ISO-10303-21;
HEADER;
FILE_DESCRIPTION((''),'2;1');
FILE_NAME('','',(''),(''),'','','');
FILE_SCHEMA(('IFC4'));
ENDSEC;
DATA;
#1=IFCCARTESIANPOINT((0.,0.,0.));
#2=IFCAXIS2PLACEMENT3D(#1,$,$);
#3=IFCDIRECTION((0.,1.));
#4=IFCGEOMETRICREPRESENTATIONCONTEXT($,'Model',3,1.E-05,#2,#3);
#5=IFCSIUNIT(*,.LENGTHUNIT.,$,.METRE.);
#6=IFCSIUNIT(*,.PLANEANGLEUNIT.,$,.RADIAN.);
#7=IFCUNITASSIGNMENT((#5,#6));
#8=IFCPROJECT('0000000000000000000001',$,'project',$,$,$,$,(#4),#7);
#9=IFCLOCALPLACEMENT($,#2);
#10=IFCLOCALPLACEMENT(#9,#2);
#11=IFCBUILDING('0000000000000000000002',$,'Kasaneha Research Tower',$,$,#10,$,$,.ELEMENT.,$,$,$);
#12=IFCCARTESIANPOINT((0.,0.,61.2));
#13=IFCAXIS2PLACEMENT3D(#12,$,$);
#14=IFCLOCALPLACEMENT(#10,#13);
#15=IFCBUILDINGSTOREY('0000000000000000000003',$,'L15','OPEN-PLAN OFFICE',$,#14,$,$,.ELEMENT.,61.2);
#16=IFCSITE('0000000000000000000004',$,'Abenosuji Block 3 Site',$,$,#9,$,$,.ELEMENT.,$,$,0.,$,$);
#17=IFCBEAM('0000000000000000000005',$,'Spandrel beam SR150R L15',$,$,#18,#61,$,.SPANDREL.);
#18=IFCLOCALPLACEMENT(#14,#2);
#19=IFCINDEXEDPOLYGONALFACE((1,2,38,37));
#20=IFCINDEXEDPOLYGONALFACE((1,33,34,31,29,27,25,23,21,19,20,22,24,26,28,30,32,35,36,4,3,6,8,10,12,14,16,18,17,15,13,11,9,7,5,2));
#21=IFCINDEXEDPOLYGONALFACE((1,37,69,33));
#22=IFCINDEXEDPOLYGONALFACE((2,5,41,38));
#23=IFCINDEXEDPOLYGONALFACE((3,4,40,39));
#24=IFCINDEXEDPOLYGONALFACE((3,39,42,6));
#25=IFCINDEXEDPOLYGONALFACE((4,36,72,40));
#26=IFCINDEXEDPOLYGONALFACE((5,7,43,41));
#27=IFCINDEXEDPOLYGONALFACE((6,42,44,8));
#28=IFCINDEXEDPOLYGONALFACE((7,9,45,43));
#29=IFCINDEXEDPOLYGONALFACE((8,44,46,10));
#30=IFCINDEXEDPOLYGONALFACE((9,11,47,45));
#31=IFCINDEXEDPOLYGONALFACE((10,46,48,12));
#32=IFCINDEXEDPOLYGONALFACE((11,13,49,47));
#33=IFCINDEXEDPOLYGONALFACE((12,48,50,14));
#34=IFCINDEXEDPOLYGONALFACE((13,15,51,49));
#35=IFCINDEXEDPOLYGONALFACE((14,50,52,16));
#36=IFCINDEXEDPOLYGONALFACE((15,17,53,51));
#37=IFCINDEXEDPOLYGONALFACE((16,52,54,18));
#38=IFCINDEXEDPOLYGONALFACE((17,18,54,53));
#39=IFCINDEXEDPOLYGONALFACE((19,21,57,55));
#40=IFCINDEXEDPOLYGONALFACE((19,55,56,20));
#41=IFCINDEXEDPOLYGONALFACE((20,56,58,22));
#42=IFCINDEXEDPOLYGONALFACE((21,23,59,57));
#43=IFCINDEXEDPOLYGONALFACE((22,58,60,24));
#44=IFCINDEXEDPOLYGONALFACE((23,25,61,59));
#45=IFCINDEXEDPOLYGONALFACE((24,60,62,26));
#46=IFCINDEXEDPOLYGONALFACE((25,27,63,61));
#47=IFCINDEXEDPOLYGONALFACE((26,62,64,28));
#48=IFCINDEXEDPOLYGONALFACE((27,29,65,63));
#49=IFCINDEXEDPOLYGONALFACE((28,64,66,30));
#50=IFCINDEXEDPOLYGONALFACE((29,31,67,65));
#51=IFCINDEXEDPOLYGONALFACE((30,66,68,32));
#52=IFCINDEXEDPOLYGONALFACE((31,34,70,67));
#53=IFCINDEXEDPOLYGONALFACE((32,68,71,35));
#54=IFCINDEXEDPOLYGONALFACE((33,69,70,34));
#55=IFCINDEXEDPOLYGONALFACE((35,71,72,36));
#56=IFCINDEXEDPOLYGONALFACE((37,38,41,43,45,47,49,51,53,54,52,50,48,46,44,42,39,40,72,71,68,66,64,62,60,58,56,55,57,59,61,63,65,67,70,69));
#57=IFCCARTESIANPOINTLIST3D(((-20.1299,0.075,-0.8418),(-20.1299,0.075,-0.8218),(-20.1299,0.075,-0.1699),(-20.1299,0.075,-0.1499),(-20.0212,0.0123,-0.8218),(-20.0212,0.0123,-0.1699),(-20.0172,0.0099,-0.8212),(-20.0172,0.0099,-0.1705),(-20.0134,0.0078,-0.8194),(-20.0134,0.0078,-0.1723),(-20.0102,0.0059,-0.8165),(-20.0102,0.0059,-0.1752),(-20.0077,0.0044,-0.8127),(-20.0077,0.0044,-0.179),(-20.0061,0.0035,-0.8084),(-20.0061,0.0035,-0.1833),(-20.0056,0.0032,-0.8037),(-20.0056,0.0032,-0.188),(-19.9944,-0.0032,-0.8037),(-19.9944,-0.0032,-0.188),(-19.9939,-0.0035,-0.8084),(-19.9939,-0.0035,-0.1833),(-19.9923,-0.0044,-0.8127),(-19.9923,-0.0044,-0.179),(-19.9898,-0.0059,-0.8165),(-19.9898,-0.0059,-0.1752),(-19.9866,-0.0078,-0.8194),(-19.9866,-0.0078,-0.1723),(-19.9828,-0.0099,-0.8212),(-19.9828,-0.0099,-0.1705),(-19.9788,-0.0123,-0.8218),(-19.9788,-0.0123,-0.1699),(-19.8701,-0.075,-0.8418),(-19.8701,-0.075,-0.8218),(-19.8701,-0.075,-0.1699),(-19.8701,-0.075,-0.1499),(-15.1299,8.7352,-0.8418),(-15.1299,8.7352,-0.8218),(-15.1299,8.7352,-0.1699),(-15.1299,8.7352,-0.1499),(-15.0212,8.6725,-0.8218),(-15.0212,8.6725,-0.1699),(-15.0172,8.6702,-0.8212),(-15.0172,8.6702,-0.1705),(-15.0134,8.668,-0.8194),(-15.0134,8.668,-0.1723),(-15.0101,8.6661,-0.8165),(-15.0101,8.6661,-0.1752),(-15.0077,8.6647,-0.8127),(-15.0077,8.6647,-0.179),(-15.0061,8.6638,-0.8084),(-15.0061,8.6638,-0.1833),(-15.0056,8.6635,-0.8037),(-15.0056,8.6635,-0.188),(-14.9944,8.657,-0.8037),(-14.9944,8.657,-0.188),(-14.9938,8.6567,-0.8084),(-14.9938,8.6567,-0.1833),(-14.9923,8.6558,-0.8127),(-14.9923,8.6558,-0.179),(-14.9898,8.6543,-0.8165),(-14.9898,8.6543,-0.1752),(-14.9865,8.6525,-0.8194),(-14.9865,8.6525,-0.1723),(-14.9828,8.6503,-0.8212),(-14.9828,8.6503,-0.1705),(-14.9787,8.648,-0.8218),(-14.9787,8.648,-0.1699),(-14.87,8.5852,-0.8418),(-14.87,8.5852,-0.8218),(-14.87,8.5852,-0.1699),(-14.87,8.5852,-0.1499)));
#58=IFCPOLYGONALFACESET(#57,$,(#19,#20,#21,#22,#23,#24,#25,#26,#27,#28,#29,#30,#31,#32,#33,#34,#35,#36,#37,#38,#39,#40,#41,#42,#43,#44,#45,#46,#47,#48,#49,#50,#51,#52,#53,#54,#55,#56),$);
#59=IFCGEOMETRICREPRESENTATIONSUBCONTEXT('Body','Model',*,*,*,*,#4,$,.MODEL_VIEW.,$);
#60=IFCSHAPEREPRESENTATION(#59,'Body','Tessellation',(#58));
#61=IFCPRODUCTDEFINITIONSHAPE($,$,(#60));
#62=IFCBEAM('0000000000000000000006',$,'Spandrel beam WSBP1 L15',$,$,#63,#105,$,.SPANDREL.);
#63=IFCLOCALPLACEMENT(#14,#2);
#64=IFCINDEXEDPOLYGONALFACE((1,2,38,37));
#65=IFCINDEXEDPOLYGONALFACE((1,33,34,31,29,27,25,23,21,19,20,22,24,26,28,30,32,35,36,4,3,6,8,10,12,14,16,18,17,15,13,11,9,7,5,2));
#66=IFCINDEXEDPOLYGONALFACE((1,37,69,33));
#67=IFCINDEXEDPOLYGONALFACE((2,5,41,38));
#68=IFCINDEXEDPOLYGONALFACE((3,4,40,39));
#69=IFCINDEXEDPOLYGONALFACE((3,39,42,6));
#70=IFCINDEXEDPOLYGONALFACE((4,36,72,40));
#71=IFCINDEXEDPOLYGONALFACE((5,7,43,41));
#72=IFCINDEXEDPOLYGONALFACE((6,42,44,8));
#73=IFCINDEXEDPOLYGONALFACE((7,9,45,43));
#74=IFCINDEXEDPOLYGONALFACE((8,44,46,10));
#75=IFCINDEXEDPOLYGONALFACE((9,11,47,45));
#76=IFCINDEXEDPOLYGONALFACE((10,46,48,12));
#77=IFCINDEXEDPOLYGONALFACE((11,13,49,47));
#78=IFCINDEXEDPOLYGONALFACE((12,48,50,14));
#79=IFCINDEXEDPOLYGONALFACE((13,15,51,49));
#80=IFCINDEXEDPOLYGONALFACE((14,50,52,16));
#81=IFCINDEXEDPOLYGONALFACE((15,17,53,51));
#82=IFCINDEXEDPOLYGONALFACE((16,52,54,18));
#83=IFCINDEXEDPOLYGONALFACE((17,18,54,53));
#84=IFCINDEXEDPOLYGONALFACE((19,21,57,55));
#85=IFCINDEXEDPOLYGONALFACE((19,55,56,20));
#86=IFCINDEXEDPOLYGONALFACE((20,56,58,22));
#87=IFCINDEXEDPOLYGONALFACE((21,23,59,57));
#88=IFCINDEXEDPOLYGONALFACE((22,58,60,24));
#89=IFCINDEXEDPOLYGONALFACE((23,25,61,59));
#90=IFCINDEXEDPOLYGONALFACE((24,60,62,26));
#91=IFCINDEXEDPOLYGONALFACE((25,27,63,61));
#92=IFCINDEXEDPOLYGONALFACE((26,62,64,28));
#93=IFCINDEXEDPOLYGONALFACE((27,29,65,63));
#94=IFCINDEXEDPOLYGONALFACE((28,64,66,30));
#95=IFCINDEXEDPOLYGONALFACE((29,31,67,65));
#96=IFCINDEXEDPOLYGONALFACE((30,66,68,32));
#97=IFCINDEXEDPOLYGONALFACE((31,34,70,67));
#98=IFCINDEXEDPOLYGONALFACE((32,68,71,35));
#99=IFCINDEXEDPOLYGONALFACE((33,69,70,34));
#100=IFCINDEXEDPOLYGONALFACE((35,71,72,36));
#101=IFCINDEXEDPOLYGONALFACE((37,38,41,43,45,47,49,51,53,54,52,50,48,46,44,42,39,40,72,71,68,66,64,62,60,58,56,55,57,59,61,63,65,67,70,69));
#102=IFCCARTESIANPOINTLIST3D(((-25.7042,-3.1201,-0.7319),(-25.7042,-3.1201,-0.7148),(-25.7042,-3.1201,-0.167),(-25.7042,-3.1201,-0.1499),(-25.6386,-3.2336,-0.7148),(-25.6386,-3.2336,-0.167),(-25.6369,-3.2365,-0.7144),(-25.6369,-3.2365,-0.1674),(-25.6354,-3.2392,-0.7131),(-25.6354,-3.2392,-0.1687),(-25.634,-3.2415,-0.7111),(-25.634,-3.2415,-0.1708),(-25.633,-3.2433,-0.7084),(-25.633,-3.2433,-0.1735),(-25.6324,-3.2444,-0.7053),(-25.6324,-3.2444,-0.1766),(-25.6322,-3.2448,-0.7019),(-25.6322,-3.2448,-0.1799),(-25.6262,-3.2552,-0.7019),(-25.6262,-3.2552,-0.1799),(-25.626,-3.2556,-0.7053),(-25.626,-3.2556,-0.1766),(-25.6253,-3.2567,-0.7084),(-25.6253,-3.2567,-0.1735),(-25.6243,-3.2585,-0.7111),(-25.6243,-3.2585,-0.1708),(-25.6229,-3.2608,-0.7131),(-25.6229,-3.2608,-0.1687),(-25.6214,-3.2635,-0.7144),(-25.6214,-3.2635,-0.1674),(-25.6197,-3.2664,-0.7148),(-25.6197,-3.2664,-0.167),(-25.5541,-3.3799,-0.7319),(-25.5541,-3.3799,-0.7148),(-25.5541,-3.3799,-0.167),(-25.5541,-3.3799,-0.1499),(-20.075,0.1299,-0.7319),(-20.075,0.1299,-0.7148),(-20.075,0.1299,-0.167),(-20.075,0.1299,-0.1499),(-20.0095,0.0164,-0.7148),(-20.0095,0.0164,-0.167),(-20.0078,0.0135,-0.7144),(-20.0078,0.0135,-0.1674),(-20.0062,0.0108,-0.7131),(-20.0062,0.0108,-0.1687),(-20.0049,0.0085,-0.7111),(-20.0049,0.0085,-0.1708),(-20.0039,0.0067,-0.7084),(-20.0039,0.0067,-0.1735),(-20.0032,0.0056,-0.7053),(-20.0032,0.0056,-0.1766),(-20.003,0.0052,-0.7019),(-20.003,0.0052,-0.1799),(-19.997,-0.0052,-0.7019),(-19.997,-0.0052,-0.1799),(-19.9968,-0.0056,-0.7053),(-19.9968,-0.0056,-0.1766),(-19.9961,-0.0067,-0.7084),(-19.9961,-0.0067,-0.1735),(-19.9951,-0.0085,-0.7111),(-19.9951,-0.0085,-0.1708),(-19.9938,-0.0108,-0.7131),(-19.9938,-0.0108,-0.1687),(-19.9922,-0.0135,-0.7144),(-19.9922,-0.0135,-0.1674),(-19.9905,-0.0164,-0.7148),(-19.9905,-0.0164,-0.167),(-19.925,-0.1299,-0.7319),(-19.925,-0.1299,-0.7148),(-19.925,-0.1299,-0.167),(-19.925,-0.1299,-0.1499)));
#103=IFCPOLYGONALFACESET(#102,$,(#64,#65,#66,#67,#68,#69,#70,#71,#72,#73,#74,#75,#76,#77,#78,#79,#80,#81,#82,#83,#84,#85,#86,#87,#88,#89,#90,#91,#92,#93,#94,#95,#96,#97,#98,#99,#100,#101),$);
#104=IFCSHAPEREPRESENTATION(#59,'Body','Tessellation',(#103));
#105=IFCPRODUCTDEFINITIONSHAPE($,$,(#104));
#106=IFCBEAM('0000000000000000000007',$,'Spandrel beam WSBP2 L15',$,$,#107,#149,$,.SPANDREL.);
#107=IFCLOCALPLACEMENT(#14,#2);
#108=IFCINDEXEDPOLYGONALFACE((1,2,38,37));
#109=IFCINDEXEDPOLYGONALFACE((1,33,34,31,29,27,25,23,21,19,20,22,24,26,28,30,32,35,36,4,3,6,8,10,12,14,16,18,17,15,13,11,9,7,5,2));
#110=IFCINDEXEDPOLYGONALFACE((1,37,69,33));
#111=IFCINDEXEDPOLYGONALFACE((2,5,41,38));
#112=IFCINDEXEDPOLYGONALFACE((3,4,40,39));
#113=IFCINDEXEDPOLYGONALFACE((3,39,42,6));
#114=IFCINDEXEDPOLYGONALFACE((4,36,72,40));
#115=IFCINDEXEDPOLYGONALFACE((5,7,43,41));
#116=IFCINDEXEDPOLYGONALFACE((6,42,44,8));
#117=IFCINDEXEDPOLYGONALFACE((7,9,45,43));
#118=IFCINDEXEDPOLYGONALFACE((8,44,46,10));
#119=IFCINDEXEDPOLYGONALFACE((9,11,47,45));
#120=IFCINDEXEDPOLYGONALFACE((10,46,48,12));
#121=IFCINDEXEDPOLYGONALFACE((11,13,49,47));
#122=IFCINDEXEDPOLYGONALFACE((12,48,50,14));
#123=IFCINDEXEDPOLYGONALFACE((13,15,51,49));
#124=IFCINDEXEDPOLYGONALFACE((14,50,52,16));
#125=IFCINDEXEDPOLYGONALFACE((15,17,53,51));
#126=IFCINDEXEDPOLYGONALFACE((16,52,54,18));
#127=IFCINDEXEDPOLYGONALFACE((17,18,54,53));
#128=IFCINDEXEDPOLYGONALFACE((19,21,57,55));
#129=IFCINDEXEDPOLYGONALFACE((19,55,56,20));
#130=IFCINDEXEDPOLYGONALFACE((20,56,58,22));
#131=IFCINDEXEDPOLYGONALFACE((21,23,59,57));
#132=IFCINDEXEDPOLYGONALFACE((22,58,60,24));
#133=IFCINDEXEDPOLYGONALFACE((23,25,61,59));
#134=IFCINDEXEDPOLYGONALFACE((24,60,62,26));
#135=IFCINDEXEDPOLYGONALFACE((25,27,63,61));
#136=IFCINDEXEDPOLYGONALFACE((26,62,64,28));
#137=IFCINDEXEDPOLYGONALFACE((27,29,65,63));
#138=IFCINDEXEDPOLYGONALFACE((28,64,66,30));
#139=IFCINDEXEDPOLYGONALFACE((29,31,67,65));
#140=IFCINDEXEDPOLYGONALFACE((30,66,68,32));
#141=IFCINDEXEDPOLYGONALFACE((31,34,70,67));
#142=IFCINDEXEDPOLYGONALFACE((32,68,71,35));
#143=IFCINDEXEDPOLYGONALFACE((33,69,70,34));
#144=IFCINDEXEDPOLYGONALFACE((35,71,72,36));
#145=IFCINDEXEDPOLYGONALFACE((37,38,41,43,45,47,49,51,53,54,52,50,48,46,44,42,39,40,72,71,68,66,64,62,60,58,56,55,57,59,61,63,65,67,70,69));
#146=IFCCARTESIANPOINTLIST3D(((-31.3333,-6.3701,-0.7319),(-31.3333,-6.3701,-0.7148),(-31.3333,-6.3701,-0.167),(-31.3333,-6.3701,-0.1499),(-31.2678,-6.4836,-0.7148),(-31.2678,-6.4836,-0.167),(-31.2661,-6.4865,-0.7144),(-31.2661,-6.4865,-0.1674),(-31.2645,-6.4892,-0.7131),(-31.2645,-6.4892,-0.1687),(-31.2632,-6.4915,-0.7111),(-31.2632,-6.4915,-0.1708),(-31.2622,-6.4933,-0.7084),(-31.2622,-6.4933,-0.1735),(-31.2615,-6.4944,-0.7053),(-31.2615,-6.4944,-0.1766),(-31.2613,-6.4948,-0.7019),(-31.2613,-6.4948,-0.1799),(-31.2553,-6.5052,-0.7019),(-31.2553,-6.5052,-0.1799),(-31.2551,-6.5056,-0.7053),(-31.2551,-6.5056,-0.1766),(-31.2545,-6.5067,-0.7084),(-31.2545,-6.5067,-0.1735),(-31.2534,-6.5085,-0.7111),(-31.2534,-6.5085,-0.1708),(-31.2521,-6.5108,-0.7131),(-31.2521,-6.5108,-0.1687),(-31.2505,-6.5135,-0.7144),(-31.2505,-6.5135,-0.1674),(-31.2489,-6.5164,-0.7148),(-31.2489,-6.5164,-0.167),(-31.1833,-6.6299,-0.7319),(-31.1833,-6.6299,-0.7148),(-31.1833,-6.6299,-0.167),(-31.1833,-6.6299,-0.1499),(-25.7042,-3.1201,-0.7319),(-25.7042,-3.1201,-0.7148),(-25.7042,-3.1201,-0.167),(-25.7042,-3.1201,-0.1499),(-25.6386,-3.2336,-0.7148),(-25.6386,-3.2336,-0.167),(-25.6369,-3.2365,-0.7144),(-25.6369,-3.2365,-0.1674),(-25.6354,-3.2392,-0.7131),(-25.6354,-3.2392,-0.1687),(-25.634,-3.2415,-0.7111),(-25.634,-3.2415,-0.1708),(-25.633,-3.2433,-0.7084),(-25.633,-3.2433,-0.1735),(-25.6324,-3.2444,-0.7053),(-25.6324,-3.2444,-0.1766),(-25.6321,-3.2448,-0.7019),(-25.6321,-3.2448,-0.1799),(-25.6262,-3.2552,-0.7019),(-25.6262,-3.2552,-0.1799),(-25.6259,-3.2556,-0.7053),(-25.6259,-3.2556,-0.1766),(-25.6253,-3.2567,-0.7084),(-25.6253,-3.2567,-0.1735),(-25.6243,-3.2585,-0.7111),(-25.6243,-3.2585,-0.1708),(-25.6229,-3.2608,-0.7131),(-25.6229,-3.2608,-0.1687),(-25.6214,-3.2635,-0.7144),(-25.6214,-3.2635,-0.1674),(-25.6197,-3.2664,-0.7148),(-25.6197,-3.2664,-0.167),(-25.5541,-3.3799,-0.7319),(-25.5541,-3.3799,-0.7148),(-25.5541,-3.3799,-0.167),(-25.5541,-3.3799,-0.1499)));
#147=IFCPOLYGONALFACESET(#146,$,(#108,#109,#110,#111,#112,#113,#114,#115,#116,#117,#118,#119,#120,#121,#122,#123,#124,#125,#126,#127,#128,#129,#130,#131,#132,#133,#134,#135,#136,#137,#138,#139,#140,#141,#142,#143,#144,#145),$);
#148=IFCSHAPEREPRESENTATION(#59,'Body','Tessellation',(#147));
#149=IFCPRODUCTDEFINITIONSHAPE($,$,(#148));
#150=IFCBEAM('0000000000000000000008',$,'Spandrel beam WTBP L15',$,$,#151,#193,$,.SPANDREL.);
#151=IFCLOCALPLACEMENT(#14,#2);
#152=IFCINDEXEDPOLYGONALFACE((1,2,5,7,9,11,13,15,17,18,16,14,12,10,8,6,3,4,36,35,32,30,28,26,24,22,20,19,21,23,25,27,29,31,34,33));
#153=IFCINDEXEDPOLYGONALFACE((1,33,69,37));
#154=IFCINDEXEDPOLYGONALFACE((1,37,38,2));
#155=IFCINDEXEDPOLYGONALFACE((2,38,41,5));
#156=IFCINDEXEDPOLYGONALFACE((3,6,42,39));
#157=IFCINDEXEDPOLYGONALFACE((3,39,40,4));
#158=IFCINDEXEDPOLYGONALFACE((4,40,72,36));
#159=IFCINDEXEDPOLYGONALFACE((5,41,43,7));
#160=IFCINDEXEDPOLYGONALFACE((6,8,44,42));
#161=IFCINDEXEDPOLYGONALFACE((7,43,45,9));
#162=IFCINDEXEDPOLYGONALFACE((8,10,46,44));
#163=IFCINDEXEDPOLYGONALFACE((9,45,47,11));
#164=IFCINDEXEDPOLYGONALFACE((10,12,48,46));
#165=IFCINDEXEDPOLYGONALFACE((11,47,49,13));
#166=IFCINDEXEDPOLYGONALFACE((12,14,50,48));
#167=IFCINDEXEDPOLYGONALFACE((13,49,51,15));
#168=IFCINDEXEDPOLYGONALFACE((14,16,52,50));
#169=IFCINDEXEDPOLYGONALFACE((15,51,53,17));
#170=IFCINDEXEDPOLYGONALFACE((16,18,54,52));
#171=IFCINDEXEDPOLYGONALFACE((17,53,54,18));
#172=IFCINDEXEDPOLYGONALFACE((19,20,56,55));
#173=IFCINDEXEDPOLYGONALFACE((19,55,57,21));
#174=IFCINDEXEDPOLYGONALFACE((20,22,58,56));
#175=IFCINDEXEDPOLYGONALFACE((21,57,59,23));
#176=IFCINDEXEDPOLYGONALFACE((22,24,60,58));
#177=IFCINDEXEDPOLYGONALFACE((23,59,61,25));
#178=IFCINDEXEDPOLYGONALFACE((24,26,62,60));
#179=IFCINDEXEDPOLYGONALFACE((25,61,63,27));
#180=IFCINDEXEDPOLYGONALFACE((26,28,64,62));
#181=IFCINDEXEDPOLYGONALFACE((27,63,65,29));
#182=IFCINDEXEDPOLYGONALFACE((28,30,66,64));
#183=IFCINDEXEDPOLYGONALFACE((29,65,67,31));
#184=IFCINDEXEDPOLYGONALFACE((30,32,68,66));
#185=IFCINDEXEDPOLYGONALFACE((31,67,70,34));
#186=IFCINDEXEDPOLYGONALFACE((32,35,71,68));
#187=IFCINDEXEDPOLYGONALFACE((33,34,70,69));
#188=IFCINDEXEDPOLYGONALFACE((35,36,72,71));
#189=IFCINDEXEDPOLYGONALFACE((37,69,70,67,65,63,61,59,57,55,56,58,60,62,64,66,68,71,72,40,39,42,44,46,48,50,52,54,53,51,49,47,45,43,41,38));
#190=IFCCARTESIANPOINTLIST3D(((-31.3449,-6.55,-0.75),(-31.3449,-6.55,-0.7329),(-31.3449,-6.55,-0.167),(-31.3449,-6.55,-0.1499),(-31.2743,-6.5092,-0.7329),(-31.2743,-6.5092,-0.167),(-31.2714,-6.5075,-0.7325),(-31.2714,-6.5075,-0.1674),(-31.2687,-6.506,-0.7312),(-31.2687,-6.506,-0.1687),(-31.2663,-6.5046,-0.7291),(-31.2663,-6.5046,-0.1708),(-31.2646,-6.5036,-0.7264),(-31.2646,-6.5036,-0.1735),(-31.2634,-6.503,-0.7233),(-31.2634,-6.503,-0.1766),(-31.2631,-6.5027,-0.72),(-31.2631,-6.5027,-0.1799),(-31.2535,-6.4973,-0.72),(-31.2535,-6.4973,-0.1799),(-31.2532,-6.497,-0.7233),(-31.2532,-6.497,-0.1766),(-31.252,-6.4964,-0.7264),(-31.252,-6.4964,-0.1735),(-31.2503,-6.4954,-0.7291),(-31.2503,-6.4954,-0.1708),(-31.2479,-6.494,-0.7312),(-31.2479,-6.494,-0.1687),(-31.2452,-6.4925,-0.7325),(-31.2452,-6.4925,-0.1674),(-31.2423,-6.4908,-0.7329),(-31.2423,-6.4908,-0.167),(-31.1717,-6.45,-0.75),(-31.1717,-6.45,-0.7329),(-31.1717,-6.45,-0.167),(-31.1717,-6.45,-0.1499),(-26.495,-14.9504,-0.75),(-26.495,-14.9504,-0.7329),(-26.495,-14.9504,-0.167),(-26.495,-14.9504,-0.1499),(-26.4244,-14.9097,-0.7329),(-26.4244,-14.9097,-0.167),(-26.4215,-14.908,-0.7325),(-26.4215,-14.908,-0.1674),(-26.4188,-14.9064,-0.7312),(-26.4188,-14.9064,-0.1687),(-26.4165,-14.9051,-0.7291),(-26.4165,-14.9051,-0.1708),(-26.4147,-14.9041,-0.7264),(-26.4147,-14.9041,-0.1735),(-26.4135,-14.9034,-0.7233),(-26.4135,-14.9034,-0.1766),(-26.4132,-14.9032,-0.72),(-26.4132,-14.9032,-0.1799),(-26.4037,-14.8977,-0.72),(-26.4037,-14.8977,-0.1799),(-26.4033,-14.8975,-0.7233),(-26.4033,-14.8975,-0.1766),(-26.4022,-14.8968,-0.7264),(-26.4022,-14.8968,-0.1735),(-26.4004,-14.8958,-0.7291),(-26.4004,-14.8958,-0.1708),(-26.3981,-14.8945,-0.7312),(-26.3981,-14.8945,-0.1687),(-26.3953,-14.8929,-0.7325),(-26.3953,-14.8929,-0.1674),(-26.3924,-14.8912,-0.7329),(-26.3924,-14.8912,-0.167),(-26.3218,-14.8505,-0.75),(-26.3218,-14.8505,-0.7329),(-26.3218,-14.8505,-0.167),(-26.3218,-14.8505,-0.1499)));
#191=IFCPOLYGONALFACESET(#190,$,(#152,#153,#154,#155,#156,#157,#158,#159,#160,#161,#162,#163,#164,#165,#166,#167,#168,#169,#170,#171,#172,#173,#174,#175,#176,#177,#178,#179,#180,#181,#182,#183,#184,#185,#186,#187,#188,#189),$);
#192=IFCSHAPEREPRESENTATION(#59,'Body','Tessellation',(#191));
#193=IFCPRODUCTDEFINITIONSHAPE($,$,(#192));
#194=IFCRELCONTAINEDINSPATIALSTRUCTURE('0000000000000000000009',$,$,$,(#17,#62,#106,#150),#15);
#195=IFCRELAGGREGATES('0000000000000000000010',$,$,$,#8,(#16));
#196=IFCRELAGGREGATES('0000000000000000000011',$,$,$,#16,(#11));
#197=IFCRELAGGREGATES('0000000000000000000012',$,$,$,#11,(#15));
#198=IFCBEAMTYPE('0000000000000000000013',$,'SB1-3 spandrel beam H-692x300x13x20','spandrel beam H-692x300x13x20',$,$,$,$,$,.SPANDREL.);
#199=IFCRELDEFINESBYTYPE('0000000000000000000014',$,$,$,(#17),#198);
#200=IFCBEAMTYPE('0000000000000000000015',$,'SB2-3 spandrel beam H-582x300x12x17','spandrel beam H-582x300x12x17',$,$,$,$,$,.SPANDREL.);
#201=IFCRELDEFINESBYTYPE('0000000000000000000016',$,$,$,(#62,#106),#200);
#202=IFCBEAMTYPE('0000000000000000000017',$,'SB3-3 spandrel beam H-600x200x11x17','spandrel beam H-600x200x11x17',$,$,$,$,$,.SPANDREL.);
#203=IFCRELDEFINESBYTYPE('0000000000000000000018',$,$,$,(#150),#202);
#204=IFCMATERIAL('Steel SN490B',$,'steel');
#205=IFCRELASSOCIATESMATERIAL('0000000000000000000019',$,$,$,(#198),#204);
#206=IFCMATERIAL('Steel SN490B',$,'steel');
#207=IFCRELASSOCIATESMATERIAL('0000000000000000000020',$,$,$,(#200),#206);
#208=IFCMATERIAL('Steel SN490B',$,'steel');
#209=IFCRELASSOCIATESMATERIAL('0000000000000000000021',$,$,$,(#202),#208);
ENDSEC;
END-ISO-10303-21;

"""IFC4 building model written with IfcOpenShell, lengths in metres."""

from ifc_helpers import new_model, si_unit, direction, frame, origin, origin_2d, place, context, subcontext, project, spatial, i_section, extrude, material, material_profile, profile_set, type_object, element, save


model = new_model("IFC4")

# Units and contexts
model_context = context("Model", 3, precision=1e-05, world=origin(), true_north=direction((0.0, 1.0)))
body_context = subcontext(model_context, "Body", "Model", "MODEL_VIEW")
ifc_project = project(units=[si_unit("LENGTHUNIT", "METRE"), si_unit("PLANEANGLEUNIT", "RADIAN")], contexts=[model_context])

# Site, building, storey
site_placement = place(None, origin())
site = spatial("IfcSite", under=ifc_project, at=site_placement, Name="Abenosuji Block 3 Site", CompositionType="ELEMENT", RefElevation=0.0)
building_placement = place(site_placement, origin())
building = spatial("IfcBuilding", under=site, at=building_placement, Name="Kasaneha Research Tower", CompositionType="ELEMENT")
storey_placement = place(building_placement, frame((0.0, 0.0, 61.2)))
storey = spatial("IfcBuildingStorey", under=building, at=storey_placement, Name="L15", Description="OPEN-PLAN OFFICE", CompositionType="ELEMENT", Elevation=61.2)

# Beams
ifc_material_1 = material(Name="Steel SN490B", Category="steel")
ifc_material_profile_1 = material_profile(ifc_material_1, i_section(OverallWidth=0.3, OverallDepth=0.6919, WebThickness=0.0129, FlangeThickness=0.02, FilletRadius=0.0181, at=origin_2d()), Name="H-692x300x13x20")
ifc_profile_set_1 = profile_set([ifc_material_profile_1], Name="Steel SN490B")
beam_type_1 = type_object("IfcBeamType", Name="SB1-3 spandrel beam H-692x300x13x20", Description="spandrel beam H-692x300x13x20", PredefinedType="SPANDREL", material=ifc_profile_set_1)
beam_1_placement = place(storey_placement, frame((-20.0, 0.0, -0.4958), z_axis=(0.500004, 0.866023, 0.0), x_axis=(-0.866023, 0.500004, 0.0)))
element("IfcBeam", 1, at=beam_1_placement, inside=storey, type_object=beam_type_1, Name="Spandrel beam SR150R L15", PredefinedType="SPANDREL", context=body_context, shape_type="SweptSolid", body=[
    extrude(i_section(OverallWidth=0.3, OverallDepth=0.6919, WebThickness=0.0129, FlangeThickness=0.02, FilletRadius=0.0181, at=origin_2d()), origin(), (0.0, 0.0, 1.0), 10.0),
])
ifc_material_2 = material(Name="Steel SN490B", Category="steel")
ifc_material_profile_2 = material_profile(ifc_material_2, i_section(OverallWidth=0.3, OverallDepth=0.582, WebThickness=0.012, FlangeThickness=0.0171, FilletRadius=0.0129, at=origin_2d()), Name="H-582x300x12x17")
ifc_profile_set_2 = profile_set([ifc_material_profile_2], Name="Steel SN490B")
beam_type_2 = type_object("IfcBeamType", Name="SB2-3 spandrel beam H-582x300x12x17", Description="spandrel beam H-582x300x12x17", PredefinedType="SPANDREL", material=ifc_profile_set_2)
for number, where, z_axis, x_axis, name in (
    (2, (-20.0, 0.0, -0.4409), (-0.866025, -0.500001, 0.0), (0.500001, -0.866025, 0.0), "Spandrel beam WSBP1 L15"),
    (3, (-25.6292, -3.25, -0.4409), (-0.866025, -0.500001, 0.0), (0.500001, -0.866025, 0.0), "Spandrel beam WSBP2 L15"),
):
    element("IfcBeam", number, at=place(storey_placement, frame(where, z_axis=z_axis, x_axis=x_axis)), inside=storey, type_object=beam_type_2, Name=name, PredefinedType="SPANDREL", context=body_context, shape_type="SweptSolid", body=[
        extrude(i_section(OverallWidth=0.3, OverallDepth=0.582, WebThickness=0.012, FlangeThickness=0.0171, FilletRadius=0.0129, at=origin_2d()), origin(), (0.0, 0.0, 1.0), 6.5),
    ])
ifc_material_3 = material(Name="Steel SN490B", Category="steel")
ifc_material_profile_3 = material_profile(ifc_material_3, i_section(OverallWidth=0.2, OverallDepth=0.6001, WebThickness=0.011, FlangeThickness=0.0171, FilletRadius=0.0129, at=origin_2d()), Name="H-600x200x11x17")
ifc_profile_set_3 = profile_set([ifc_material_profile_3], Name="Steel SN490B")
beam_type_3 = type_object("IfcBeamType", Name="SB3-3 spandrel beam H-600x200x11x17", Description="spandrel beam H-600x200x11x17", PredefinedType="SPANDREL", material=ifc_profile_set_3)
beam_2_placement = place(storey_placement, frame((-31.2583, -6.5, -0.45), z_axis=(0.499991, -0.866031, 0.0), x_axis=(0.866031, 0.499991, 0.0)))
element("IfcBeam", 4, at=beam_2_placement, inside=storey, type_object=beam_type_3, Name="Spandrel beam WTBP L15", PredefinedType="SPANDREL", context=body_context, shape_type="SweptSolid", body=[
    extrude(i_section(OverallWidth=0.2, OverallDepth=0.6001, WebThickness=0.011, FlangeThickness=0.0171, FilletRadius=0.0129, at=origin_2d()), origin(), (0.0, 0.0, 1.0), 9.7),
])

save(model, "model.ifc")
